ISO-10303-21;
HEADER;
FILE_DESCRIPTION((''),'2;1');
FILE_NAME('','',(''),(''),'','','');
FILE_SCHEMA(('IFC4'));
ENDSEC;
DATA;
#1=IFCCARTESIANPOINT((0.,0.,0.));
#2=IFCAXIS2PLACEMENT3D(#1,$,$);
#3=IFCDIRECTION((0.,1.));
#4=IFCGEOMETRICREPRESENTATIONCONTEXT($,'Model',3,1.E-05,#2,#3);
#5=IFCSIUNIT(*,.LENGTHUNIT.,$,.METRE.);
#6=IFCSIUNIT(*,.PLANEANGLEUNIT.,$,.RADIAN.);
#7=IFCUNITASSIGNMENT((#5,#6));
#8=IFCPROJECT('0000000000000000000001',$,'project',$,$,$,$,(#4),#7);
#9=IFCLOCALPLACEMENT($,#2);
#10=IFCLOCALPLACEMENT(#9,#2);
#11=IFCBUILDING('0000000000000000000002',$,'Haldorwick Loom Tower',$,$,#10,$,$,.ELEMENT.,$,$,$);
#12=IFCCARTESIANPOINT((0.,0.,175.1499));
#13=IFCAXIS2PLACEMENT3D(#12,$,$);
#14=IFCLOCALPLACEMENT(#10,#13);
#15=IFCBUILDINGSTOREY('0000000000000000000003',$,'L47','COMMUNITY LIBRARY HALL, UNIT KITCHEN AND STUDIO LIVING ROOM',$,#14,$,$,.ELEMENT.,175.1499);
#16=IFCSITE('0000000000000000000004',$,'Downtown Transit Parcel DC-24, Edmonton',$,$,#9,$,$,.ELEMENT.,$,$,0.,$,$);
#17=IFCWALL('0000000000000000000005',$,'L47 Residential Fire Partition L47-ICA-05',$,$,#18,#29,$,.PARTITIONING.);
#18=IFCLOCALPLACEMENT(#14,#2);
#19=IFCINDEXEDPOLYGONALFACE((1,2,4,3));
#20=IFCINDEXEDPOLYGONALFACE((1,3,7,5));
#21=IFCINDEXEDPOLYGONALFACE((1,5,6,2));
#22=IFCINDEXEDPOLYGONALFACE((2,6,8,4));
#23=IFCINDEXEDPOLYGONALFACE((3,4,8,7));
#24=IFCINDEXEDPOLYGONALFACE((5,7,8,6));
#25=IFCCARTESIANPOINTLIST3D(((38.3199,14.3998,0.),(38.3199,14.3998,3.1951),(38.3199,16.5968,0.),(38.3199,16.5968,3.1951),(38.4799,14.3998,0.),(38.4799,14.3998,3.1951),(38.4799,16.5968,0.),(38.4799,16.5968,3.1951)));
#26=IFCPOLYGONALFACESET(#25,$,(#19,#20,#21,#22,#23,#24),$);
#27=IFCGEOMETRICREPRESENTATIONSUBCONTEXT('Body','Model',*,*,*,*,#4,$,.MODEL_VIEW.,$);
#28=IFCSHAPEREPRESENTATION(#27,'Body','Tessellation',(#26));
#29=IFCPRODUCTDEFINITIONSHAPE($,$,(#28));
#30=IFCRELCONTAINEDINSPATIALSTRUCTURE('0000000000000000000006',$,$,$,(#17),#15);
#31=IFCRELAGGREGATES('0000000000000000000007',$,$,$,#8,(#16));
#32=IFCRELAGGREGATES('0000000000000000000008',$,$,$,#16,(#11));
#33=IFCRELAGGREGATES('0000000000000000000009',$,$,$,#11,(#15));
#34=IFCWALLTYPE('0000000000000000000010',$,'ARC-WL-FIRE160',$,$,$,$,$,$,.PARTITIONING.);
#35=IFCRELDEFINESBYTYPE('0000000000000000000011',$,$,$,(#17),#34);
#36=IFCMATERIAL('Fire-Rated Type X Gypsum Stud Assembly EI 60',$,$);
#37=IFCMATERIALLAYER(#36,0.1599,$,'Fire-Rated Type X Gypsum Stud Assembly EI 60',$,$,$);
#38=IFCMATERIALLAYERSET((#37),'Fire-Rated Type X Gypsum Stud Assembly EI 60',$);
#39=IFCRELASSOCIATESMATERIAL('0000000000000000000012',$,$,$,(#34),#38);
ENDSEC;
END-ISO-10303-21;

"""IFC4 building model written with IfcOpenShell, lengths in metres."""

from ifc_helpers import new_model, si_unit, direction, frame, frame_2d, origin, place, context, subcontext, project, spatial, rectangle, extrude, material, layer, layer_set, type_object, element, save


model = new_model("IFC4")

# Units and contexts
model_context = context("Model", 3, precision=1e-05, world=origin(), true_north=direction((0.0, 1.0)))
body_context = subcontext(model_context, "Body", "Model", "MODEL_VIEW")
ifc_project = project(units=[si_unit("LENGTHUNIT", "METRE"), si_unit("PLANEANGLEUNIT", "RADIAN")], contexts=[model_context])

# Site, building, storey
site_placement = place(None, origin())
site = spatial("IfcSite", under=ifc_project, at=site_placement, Name="Downtown Transit Parcel DC-24, Edmonton", CompositionType="ELEMENT", RefElevation=0.0)
building_placement = place(site_placement, origin())
building = spatial("IfcBuilding", under=site, at=building_placement, Name="Haldorwick Loom Tower", CompositionType="ELEMENT")
storey_placement = place(building_placement, frame((0.0, 0.0, 175.1499)))
storey = spatial("IfcBuildingStorey", under=building, at=storey_placement, Name="L47", Description="COMMUNITY LIBRARY HALL, UNIT KITCHEN AND STUDIO LIVING ROOM", CompositionType="ELEMENT", Elevation=175.1499)

# Wall
ifc_material_1 = material(Name="Fire-Rated Type X Gypsum Stud Assembly EI 60")
ifc_layer_1 = layer(ifc_material_1, 0.1599, Name="Fire-Rated Type X Gypsum Stud Assembly EI 60")
ifc_layer_set_1 = layer_set([ifc_layer_1], Name="Fire-Rated Type X Gypsum Stud Assembly EI 60")
wall_type_1 = type_object("IfcWallType", Name="ARC-WL-FIRE160", PredefinedType="PARTITIONING", material=ifc_layer_set_1)
wall_1_placement = place(storey_placement, frame((38.3999, 16.5969, 0.0), z_axis=(0.0, 0.0, 1.0), x_axis=(0.0, -1.0, 0.0)))
element("IfcWall", 1, at=wall_1_placement, inside=storey, type_object=wall_type_1, Name="L47 Residential Fire Partition L47-ICA-05", PredefinedType="PARTITIONING", context=body_context, shape_type="SweptSolid", body=[
    extrude(rectangle(XDim=2.197, YDim=0.1599, at=frame_2d((1.0986, 0.0))), origin(), (0.0, 0.0, 1.0), 3.1951),
])

save(model, "model.ifc")
